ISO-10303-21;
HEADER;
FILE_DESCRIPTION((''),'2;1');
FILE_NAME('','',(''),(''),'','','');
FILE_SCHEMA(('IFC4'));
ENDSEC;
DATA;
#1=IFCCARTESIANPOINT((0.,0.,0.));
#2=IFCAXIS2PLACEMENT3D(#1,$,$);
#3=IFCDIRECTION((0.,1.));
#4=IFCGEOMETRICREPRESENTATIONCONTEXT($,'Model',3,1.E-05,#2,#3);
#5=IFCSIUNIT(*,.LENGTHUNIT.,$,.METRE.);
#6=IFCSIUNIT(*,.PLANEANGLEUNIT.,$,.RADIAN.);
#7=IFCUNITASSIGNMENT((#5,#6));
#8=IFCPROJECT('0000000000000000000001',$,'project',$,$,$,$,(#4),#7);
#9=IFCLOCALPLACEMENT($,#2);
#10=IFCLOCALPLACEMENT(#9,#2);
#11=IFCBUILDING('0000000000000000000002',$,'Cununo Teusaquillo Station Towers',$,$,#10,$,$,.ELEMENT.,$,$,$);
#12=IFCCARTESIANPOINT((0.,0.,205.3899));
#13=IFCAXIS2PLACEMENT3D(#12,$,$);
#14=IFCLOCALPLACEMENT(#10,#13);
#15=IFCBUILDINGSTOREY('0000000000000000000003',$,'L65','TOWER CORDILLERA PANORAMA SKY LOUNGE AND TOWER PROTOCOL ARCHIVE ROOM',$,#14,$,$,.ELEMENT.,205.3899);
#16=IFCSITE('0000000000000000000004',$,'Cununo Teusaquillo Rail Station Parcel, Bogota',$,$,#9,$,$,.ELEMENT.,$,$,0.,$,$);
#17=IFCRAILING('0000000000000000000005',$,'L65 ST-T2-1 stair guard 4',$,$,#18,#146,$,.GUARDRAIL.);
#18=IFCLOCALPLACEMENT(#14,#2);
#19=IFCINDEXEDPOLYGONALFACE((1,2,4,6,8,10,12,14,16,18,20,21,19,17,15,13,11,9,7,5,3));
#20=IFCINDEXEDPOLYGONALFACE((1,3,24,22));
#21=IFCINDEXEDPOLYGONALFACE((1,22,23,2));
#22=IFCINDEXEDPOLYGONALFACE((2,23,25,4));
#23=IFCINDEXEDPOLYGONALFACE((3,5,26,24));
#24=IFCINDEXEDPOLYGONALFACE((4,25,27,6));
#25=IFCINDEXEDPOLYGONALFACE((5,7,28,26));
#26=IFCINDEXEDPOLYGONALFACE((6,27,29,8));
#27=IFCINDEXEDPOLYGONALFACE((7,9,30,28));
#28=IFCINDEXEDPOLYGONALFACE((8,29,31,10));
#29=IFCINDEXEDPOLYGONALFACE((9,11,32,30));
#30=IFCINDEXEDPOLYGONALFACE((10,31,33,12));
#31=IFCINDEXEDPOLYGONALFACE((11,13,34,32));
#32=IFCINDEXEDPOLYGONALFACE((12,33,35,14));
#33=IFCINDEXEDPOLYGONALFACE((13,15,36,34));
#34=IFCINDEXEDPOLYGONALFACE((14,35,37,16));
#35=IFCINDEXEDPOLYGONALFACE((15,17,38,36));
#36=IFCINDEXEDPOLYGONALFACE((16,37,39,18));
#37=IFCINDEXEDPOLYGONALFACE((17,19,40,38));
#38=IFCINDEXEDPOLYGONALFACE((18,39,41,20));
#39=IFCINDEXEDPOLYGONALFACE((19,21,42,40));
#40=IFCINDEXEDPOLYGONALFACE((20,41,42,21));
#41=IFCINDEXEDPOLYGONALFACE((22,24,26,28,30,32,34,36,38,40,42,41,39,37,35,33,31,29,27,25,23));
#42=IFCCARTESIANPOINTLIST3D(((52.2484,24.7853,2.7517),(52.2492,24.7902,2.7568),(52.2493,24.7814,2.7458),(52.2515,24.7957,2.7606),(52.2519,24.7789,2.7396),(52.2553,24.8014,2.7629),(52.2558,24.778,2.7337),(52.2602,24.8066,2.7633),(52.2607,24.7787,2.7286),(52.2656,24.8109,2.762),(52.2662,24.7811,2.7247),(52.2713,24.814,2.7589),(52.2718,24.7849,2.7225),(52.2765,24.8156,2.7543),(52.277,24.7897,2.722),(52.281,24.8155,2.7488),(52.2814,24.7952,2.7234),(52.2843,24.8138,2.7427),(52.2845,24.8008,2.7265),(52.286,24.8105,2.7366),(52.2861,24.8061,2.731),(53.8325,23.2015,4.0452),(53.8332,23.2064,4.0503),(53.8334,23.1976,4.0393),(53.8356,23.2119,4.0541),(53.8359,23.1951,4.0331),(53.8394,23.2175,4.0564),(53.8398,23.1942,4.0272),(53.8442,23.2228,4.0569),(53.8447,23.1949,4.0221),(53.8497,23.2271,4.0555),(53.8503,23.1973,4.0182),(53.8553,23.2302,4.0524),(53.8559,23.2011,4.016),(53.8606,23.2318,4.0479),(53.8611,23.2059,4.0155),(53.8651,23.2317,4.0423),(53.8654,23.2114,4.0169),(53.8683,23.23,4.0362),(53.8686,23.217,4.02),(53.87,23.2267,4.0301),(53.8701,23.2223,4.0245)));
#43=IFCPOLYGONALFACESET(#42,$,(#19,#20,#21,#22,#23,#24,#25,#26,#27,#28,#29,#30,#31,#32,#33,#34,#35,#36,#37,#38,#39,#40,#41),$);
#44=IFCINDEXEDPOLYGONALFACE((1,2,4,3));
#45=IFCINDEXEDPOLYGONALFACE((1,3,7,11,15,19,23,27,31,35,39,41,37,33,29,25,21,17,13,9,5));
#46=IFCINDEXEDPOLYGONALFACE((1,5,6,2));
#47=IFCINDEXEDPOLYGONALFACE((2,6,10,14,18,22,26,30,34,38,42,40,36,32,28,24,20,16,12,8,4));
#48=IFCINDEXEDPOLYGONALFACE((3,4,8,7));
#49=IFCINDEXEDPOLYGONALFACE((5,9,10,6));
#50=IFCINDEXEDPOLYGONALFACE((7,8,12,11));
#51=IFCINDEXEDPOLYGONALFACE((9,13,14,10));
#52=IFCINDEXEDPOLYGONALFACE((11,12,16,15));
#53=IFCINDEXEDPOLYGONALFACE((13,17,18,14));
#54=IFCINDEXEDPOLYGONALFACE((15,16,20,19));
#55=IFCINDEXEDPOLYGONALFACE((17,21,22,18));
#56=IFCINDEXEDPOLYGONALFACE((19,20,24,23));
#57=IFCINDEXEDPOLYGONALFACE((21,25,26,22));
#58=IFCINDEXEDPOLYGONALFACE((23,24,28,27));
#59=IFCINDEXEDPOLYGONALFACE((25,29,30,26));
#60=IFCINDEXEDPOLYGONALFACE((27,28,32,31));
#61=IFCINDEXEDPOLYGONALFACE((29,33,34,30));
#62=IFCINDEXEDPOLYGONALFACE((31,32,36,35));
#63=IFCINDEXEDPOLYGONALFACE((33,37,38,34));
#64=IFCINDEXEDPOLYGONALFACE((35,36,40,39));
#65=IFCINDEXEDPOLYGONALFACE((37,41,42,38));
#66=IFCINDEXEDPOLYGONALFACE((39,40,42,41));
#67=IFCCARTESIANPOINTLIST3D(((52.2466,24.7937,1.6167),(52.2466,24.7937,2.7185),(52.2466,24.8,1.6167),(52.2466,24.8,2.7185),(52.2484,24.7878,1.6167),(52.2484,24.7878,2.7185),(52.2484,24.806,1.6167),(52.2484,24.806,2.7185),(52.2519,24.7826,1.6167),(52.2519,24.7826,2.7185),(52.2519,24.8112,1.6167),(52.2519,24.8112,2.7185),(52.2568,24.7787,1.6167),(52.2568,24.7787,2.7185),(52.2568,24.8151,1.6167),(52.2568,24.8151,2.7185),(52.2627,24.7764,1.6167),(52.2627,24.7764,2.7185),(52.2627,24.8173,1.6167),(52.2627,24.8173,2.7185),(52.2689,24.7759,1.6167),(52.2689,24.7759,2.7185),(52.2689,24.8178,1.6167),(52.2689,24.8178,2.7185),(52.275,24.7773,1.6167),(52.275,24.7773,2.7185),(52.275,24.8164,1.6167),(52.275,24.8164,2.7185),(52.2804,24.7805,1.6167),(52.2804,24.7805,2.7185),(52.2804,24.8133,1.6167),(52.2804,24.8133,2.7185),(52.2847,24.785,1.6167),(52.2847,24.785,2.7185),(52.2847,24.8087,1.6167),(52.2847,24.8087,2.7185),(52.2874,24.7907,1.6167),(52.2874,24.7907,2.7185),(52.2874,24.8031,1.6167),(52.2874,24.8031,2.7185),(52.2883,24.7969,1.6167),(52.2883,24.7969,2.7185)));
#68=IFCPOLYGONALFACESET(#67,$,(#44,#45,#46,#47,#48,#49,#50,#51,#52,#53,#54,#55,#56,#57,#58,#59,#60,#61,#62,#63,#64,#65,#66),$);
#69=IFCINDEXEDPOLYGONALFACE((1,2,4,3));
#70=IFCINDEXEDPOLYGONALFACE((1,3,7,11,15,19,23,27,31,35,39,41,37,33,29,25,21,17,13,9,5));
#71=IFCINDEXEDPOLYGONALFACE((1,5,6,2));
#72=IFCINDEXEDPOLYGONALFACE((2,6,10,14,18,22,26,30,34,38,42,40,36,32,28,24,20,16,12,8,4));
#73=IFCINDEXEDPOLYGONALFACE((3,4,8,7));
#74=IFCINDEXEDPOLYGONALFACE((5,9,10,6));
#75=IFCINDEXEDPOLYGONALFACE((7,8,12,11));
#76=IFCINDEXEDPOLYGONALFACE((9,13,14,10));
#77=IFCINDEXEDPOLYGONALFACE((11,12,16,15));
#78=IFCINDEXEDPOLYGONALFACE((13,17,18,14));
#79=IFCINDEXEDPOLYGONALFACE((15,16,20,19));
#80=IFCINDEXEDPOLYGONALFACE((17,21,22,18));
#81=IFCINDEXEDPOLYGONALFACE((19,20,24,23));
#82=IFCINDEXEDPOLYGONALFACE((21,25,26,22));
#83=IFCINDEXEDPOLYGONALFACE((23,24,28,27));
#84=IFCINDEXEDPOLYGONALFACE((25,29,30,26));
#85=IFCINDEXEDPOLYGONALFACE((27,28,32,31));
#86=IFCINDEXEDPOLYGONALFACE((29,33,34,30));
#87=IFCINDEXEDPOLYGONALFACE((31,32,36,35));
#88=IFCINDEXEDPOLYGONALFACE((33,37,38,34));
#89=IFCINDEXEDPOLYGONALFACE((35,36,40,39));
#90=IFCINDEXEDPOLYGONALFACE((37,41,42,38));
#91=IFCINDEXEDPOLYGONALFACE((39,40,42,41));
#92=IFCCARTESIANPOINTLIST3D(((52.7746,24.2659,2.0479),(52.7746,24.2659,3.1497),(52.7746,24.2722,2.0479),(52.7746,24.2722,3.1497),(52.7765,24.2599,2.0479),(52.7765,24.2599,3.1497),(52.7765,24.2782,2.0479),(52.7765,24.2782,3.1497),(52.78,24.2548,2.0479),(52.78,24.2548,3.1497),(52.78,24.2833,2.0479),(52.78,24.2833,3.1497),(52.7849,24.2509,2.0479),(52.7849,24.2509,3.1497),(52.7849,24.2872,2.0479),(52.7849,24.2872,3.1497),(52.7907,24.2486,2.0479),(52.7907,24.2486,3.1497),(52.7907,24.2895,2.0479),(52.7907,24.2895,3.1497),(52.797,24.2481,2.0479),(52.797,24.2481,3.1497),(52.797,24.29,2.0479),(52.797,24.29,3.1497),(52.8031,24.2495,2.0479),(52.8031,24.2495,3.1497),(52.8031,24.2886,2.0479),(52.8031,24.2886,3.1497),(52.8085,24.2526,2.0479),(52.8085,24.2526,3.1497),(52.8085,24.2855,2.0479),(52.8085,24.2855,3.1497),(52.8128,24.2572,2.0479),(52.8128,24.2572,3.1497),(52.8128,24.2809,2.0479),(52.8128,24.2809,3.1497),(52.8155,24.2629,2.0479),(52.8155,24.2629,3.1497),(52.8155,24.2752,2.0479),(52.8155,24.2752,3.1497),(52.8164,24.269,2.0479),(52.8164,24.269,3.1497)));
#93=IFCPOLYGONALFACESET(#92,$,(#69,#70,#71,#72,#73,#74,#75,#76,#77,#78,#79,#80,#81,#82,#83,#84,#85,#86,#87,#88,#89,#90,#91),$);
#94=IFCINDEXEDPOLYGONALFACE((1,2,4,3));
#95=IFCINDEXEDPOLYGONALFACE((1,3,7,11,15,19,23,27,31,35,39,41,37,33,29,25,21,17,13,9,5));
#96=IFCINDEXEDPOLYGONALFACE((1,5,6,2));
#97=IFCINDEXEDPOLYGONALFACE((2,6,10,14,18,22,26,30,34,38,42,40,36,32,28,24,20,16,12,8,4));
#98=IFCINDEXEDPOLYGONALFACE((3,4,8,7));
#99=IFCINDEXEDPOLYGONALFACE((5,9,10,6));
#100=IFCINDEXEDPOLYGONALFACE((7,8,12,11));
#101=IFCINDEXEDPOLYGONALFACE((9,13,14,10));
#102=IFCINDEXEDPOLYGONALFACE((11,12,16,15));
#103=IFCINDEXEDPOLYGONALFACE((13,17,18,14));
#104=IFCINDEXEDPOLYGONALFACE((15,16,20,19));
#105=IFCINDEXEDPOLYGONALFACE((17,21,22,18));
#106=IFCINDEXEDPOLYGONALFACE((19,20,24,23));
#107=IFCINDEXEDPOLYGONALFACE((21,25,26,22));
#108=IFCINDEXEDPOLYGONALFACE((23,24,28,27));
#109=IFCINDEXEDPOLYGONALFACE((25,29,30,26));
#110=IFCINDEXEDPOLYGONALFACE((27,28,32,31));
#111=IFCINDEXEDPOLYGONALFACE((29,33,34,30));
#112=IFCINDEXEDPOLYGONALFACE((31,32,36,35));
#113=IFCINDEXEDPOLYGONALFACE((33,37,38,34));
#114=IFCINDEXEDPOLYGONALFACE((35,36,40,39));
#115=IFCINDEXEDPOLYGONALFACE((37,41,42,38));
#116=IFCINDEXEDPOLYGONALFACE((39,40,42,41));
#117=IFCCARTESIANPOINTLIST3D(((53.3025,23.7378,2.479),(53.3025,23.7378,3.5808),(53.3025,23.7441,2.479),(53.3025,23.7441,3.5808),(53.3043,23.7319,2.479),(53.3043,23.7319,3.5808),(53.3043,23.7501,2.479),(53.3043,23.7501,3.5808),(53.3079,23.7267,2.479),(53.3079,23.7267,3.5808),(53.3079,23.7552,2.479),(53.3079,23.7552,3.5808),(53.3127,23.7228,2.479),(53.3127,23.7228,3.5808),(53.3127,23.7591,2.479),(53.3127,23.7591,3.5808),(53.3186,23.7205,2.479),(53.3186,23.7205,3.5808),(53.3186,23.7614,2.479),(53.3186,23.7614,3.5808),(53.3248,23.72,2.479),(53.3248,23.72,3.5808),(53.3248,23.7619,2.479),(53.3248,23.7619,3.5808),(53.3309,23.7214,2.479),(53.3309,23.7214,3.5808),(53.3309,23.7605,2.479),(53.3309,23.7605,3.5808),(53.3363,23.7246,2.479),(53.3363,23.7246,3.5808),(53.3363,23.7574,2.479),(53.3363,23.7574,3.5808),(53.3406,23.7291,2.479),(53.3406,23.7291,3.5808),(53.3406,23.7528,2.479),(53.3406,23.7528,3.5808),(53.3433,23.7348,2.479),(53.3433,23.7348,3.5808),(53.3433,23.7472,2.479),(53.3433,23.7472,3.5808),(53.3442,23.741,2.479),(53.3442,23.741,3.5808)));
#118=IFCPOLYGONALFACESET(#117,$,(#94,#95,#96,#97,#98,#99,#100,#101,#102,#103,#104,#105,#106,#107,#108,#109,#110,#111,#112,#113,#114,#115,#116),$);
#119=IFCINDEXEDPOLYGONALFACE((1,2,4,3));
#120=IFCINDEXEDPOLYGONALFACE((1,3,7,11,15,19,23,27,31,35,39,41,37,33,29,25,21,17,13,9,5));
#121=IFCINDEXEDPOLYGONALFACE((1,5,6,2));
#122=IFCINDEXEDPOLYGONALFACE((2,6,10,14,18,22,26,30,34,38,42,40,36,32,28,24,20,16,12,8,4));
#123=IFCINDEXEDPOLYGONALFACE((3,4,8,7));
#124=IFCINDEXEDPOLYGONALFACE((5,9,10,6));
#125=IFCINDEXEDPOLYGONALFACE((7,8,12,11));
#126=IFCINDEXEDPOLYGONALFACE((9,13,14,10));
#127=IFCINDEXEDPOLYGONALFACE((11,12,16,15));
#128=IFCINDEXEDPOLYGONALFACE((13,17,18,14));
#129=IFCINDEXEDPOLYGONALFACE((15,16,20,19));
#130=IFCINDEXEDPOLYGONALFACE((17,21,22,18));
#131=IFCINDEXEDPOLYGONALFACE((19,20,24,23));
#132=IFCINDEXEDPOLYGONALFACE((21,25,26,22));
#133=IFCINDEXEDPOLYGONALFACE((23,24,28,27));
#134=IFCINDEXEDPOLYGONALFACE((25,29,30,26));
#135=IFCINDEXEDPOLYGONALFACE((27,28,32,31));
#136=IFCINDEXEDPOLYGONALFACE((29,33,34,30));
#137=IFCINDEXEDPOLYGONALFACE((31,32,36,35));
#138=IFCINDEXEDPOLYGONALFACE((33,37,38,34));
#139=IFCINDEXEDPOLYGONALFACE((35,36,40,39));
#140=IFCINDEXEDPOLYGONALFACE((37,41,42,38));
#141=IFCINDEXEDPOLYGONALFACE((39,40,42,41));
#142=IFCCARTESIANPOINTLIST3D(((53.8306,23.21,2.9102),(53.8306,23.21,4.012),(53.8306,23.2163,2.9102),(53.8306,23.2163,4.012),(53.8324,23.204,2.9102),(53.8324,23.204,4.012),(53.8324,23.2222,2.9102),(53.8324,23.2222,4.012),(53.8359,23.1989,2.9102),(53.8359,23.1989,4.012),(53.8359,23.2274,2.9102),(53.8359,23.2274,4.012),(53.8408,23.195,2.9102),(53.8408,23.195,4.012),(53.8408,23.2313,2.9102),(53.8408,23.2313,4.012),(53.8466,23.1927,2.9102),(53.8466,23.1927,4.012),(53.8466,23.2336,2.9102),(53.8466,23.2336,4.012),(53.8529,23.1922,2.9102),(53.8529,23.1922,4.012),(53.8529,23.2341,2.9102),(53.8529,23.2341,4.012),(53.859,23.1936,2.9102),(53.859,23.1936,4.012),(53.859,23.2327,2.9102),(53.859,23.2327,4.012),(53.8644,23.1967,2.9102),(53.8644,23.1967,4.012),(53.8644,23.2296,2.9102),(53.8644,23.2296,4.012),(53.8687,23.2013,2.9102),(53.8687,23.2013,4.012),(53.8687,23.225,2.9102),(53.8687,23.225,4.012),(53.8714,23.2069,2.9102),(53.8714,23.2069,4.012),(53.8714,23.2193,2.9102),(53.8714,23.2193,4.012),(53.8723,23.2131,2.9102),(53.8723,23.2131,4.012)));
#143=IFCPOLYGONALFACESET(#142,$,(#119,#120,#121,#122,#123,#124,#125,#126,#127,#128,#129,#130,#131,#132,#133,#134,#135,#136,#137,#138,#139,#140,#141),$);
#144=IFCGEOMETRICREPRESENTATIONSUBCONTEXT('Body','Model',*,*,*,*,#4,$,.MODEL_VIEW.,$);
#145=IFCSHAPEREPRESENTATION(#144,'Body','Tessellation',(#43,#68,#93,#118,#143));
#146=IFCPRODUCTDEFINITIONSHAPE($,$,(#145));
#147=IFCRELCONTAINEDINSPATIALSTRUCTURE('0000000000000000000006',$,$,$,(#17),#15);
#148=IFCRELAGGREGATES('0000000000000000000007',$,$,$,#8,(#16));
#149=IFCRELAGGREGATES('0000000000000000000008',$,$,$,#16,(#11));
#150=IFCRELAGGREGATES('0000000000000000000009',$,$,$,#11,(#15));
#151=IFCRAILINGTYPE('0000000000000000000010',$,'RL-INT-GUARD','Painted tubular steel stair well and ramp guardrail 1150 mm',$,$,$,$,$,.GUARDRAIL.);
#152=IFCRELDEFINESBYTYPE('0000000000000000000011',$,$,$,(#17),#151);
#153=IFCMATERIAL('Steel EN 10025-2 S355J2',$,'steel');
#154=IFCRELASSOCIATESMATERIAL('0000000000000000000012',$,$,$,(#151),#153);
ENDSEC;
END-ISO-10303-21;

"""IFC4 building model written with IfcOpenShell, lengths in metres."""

from ifc_helpers import new_model, si_unit, direction, frame, origin, origin_2d, place, context, subcontext, project, spatial, circle, extrude, material, type_object, element, save


model = new_model("IFC4")

# Units and contexts
model_context = context("Model", 3, precision=1e-05, world=origin(), true_north=direction((0.0, 1.0)))
body_context = subcontext(model_context, "Body", "Model", "MODEL_VIEW")
ifc_project = project(units=[si_unit("LENGTHUNIT", "METRE"), si_unit("PLANEANGLEUNIT", "RADIAN")], contexts=[model_context])

# Site, building, storey
site_placement = place(None, origin())
site = spatial("IfcSite", under=ifc_project, at=site_placement, Name="Cununo Teusaquillo Rail Station Parcel, Bogota", CompositionType="ELEMENT", RefElevation=0.0)
building_placement = place(site_placement, origin())
building = spatial("IfcBuilding", under=site, at=building_placement, Name="Cununo Teusaquillo Station Towers", CompositionType="ELEMENT")
storey_placement = place(building_placement, frame((0.0, 0.0, 205.3899)))
storey = spatial("IfcBuildingStorey", under=building, at=storey_placement, Name="L65", Description="TOWER CORDILLERA PANORAMA SKY LOUNGE AND TOWER PROTOCOL ARCHIVE ROOM", CompositionType="ELEMENT", Elevation=205.3899)

# Railing
ifc_material_1 = material(Name="Steel EN 10025-2 S355J2", Category="steel")
railing_type_1 = type_object("IfcRailingType", Name="RL-INT-GUARD", Description="Painted tubular steel stair well and ramp guardrail 1150 mm", PredefinedType="GUARDRAIL", material=ifc_material_1)
railing_1_placement = place(storey_placement, frame((52.2673, 24.7969, 1.6167)))
element("IfcRailing", 1, at=railing_1_placement, inside=storey, type_object=railing_type_1, Name="L65 ST-T2-1 stair guard 4", PredefinedType="GUARDRAIL", context=body_context, shape_type="SweptSolid", body=[
    extrude(circle(Radius=0.0239, at=origin_2d()), frame((0.0, 0.0, 1.126), z_axis=(0.612391, -0.612297, 0.500069), x_axis=(0.707052, 0.707161, 0.0)), (0.0, 0.0, 1.0), 2.5867),
    extrude(circle(Radius=0.021, at=origin_2d()), origin(), (0.0, 0.0, 1.0), 1.1018),
    extrude(circle(Radius=0.021, at=origin_2d()), frame((0.5281, -0.5278, 0.4312)), (0.0, 0.0, 1.0), 1.1018),
    extrude(circle(Radius=0.021, at=origin_2d()), frame((1.0559, -1.0559, 0.8623)), (0.0, 0.0, 1.0), 1.1018),
    extrude(circle(Radius=0.021, at=origin_2d()), frame((1.584, -1.5837, 1.2935)), (0.0, 0.0, 1.0), 1.1018),
])

save(model, "model.ifc")
